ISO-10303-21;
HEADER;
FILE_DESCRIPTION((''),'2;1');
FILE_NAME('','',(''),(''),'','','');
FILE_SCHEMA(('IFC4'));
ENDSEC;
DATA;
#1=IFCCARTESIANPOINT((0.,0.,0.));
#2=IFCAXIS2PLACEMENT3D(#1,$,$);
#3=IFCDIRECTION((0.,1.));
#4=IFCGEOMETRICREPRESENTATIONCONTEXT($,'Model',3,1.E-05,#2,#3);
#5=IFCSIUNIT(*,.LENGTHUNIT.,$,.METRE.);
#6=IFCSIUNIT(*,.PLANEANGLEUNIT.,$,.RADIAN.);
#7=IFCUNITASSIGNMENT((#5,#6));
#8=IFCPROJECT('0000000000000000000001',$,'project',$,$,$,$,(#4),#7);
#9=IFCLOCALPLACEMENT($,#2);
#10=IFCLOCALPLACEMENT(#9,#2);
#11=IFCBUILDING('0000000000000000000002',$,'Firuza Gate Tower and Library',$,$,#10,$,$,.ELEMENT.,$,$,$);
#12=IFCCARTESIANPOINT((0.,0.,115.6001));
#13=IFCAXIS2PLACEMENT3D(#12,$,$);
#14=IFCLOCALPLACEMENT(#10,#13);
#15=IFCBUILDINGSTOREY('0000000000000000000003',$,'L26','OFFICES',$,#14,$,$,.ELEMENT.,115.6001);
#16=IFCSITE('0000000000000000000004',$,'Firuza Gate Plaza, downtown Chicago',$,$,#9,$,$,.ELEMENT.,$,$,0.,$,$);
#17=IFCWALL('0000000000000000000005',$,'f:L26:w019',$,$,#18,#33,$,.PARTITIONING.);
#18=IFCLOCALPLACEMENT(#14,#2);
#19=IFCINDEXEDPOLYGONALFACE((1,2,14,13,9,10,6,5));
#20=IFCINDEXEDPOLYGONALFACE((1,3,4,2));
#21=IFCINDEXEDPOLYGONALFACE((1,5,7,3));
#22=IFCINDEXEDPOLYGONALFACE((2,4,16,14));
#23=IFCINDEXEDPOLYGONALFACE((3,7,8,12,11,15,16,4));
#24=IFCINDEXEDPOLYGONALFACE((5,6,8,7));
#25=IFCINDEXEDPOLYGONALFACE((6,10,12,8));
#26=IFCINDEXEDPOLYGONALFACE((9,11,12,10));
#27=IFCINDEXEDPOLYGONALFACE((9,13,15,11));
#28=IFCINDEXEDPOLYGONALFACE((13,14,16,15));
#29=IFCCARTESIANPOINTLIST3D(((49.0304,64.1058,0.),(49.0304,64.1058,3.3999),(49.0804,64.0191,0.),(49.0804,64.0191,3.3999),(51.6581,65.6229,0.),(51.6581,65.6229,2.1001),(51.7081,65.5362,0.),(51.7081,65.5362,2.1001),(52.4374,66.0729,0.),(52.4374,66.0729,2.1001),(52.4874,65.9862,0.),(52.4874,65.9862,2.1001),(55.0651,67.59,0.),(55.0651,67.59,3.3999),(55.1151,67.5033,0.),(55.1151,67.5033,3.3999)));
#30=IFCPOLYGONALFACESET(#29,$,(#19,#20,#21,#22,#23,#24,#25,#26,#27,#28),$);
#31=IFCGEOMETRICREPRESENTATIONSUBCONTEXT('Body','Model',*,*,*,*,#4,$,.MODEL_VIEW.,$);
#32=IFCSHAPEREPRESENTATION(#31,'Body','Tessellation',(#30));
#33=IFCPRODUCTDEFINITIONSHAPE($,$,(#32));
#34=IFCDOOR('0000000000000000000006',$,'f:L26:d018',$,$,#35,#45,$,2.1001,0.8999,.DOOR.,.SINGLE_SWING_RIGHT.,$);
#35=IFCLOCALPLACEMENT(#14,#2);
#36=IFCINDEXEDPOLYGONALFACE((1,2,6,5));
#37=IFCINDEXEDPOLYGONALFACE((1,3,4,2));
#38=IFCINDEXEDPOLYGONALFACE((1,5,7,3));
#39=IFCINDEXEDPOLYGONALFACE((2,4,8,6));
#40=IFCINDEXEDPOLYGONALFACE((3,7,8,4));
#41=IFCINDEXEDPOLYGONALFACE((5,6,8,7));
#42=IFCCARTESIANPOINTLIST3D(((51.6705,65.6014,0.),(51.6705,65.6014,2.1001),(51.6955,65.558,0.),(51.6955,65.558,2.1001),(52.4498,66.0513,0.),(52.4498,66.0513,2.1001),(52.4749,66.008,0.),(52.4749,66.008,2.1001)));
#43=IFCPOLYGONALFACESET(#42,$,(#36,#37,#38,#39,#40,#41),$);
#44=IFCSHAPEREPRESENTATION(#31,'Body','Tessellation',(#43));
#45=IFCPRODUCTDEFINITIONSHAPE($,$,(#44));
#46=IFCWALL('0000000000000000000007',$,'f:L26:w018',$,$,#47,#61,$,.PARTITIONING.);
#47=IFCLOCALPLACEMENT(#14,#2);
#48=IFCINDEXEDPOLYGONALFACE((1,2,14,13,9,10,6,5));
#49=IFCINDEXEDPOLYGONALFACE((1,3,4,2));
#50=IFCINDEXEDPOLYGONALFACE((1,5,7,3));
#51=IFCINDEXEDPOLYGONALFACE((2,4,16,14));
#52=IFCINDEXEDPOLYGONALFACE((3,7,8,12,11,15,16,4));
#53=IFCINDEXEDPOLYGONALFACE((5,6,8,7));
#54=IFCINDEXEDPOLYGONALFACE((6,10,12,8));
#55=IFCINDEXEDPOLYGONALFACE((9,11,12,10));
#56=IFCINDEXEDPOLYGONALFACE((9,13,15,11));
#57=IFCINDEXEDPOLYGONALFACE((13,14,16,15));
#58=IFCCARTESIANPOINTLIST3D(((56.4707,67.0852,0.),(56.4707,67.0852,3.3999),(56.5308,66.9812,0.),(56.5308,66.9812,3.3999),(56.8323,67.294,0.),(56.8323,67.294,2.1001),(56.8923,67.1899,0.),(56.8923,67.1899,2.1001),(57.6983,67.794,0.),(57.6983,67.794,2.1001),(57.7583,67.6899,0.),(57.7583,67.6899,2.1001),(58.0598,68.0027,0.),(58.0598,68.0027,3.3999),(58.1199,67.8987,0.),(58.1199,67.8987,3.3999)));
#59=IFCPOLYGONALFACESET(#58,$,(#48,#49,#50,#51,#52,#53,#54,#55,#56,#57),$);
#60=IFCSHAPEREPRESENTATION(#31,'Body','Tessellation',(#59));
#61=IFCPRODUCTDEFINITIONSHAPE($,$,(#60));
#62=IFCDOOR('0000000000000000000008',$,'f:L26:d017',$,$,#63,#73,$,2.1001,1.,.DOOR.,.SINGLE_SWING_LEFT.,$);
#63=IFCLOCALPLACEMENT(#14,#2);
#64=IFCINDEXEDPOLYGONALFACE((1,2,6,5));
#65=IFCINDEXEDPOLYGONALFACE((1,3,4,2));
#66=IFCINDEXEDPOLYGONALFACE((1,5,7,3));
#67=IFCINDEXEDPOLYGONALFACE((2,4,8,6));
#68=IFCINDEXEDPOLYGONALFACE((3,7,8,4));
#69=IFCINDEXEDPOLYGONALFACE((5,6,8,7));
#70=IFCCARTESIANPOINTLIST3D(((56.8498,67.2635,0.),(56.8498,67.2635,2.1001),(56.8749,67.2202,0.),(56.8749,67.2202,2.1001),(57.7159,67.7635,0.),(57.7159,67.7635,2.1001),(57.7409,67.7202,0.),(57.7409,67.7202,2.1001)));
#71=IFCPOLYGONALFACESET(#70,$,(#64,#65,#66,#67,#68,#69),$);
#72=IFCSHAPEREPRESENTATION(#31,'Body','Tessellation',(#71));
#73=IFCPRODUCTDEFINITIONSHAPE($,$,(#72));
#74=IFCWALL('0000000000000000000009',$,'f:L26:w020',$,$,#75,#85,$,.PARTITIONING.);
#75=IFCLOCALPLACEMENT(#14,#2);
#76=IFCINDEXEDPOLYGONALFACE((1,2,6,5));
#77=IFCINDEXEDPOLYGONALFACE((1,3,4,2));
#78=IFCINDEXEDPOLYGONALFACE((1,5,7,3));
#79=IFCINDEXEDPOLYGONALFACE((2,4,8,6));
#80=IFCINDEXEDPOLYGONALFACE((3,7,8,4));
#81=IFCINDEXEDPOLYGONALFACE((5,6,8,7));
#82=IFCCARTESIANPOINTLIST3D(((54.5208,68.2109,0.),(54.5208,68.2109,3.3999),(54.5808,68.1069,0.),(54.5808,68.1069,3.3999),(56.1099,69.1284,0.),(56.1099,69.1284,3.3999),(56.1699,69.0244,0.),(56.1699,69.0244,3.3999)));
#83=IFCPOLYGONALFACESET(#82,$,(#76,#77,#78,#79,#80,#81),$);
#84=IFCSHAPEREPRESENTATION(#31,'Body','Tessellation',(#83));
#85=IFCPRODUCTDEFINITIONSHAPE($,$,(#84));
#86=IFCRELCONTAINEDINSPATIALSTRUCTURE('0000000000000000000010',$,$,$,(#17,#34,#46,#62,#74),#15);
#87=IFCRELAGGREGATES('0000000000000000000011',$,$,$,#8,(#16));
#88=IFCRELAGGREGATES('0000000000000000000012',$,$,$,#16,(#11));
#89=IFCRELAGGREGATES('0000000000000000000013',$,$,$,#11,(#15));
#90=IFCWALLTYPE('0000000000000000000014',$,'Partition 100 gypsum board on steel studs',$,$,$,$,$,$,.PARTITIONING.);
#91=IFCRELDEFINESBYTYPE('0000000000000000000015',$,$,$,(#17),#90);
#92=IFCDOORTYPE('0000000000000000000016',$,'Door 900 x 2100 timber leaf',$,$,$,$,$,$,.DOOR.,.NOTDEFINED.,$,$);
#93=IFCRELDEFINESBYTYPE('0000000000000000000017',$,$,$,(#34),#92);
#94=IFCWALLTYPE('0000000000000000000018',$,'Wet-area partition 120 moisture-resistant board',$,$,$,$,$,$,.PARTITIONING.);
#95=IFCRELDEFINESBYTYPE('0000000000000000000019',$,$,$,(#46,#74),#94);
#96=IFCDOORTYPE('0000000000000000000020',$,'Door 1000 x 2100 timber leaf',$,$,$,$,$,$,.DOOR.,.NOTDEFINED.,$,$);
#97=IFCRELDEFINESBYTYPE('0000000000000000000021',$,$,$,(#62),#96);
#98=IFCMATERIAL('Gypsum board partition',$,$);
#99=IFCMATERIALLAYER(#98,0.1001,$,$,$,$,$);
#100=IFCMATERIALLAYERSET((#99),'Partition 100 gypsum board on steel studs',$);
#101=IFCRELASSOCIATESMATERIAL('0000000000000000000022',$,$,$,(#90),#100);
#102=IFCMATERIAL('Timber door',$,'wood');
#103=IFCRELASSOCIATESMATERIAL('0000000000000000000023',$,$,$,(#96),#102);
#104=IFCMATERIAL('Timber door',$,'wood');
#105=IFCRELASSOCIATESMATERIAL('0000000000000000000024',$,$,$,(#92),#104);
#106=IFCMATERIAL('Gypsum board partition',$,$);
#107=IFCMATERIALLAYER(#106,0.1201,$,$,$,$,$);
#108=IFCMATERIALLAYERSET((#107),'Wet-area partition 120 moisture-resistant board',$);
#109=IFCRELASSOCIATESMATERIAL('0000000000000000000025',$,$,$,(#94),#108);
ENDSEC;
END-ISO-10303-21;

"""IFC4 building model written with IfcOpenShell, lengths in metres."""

from ifc_helpers import new_model, si_unit, direction, frame, frame_2d, origin, place, context, subcontext, project, spatial, rectangle, extrude, material, layer, layer_set, type_object, element, fill, save


model = new_model("IFC4")

# Units and contexts
model_context = context("Model", 3, precision=1e-05, world=origin(), true_north=direction((0.0, 1.0)))
body_context = subcontext(model_context, "Body", "Model", "MODEL_VIEW")
ifc_project = project(units=[si_unit("LENGTHUNIT", "METRE"), si_unit("PLANEANGLEUNIT", "RADIAN")], contexts=[model_context])

# Site, building, storey
site_placement = place(None, origin())
site = spatial("IfcSite", under=ifc_project, at=site_placement, Name="Firuza Gate Plaza, downtown Chicago", CompositionType="ELEMENT", RefElevation=0.0)
building_placement = place(site_placement, origin())
building = spatial("IfcBuilding", under=site, at=building_placement, Name="Firuza Gate Tower and Library", CompositionType="ELEMENT")
storey_placement = place(building_placement, frame((0.0, 0.0, 115.6001)))
storey = spatial("IfcBuildingStorey", under=building, at=storey_placement, Name="L26", Description="OFFICES", CompositionType="ELEMENT", Elevation=115.6001)

# Shared definitions
ifc_material_1 = material(Name="Gypsum board partition")
ifc_layer_1 = layer(ifc_material_1, 0.1001)
ifc_layer_set_1 = layer_set([ifc_layer_1], Name="Partition 100 gypsum board on steel studs")
wall_type_1 = type_object("IfcWallType", Name="Partition 100 gypsum board on steel studs", PredefinedType="PARTITIONING", material=ifc_layer_set_1)
ifc_material_2 = material(Name="Timber door", Category="wood")
door_type_1 = type_object("IfcDoorType", Name="Door 1000 x 2100 timber leaf", OperationType="NOTDEFINED", PredefinedType="DOOR", material=ifc_material_2)
ifc_material_3 = material(Name="Timber door", Category="wood")
door_type_2 = type_object("IfcDoorType", Name="Door 900 x 2100 timber leaf", OperationType="NOTDEFINED", PredefinedType="DOOR", material=ifc_material_3)

# Walls, openings, doors
wall_1_placement = place(storey_placement, frame((55.0901, 67.5466, 0.0), z_axis=(0.0, 0.0, 1.0), x_axis=(-0.866025, -0.500001, 0.0)))
wall_1 = element("IfcWall", 1, at=wall_1_placement, inside=storey, type_object=wall_type_1, Name="f:L26:w019", PredefinedType="PARTITIONING", context=body_context, shape_type="SweptSolid", body=[
    extrude(rectangle(XDim=6.9683, YDim=0.1001, at=frame_2d((3.4841, 0.0))), origin(), (0.0, 0.0, 1.0), 3.3999),
])
opening_1_placement = place(wall_1_placement, frame((3.0342, 0.0, 0.0)))
opening_1 = element("IfcOpeningElement", 2, at=opening_1_placement, cuts=wall_1, PredefinedType="OPENING", context=body_context, shape_type="SweptSolid", body=[
    extrude(rectangle(XDim=0.8999, YDim=2.1001, at=frame_2d((0.45, 1.05))), frame((0.0, 0.0601, 0.0), z_axis=(0.0, -1.0, 0.0), x_axis=(1.0, 0.0, 0.0)), (0.0, 0.0, 1.0), 0.1201),
])
door_1_placement = place(opening_1_placement, origin())
door_1 = element("IfcDoor", 3, at=door_1_placement, inside=storey, type_object=door_type_2, Name="f:L26:d018", OperationType="SINGLE_SWING_RIGHT", OverallHeight=2.1001, OverallWidth=0.8999, PredefinedType="DOOR", context=body_context, shape_type="SweptSolid", body=[
    extrude(rectangle(XDim=0.8999, YDim=2.1001, at=frame_2d((0.45, 1.05))), frame((0.0, 0.0249, 0.0), z_axis=(0.0, -1.0, 0.0), x_axis=(1.0, 0.0, 0.0)), (0.0, 0.0, 1.0), 0.05),
])
fill(opening_1, door_1)
ifc_material_4 = material(Name="Gypsum board partition")
ifc_layer_2 = layer(ifc_material_4, 0.1201)
ifc_layer_set_2 = layer_set([ifc_layer_2], Name="Wet-area partition 120 moisture-resistant board")
wall_type_2 = type_object("IfcWallType", Name="Wet-area partition 120 moisture-resistant board", PredefinedType="PARTITIONING", material=ifc_layer_set_2)
wall_2_placement = place(storey_placement, frame((56.5007, 67.0332, 0.0), z_axis=(0.0, 0.0, 1.0), x_axis=(0.866024, 0.500003, 0.0)))
wall_2 = element("IfcWall", 4, at=wall_2_placement, inside=storey, type_object=wall_type_2, Name="f:L26:w018", PredefinedType="PARTITIONING", context=body_context, shape_type="SweptSolid", body=[
    extrude(rectangle(XDim=1.835, YDim=0.1201, at=frame_2d((0.9175, 0.0))), origin(), (0.0, 0.0, 1.0), 3.3999),
])
opening_2_placement = place(wall_2_placement, frame((0.4175, 0.0, 0.0)))
opening_2 = element("IfcOpeningElement", 5, at=opening_2_placement, cuts=wall_2, PredefinedType="OPENING", context=body_context, shape_type="SweptSolid", body=[
    extrude(rectangle(XDim=1.0, YDim=2.1001, at=frame_2d((0.5, 1.05))), frame((0.0, 0.0701, 0.0), z_axis=(0.0, -1.0, 0.0), x_axis=(1.0, 0.0, 0.0)), (0.0, 0.0, 1.0), 0.1401),
])
door_2_placement = place(opening_2_placement, origin())
door_2 = element("IfcDoor", 6, at=door_2_placement, inside=storey, type_object=door_type_1, Name="f:L26:d017", OperationType="SINGLE_SWING_LEFT", OverallHeight=2.1001, OverallWidth=1.0, PredefinedType="DOOR", context=body_context, shape_type="SweptSolid", body=[
    extrude(rectangle(XDim=1.0, YDim=2.1001, at=frame_2d((0.5, 1.05))), frame((0.0, 0.0249, 0.0), z_axis=(0.0, -1.0, 0.0), x_axis=(1.0, 0.0, 0.0)), (0.0, 0.0, 1.0), 0.05),
])
fill(opening_2, door_2)

# Wall
wall_3_placement = place(storey_placement, frame((54.5508, 68.1589, 0.0), z_axis=(0.0, 0.0, 1.0), x_axis=(0.866024, 0.500003, 0.0)))
element("IfcWall", 7, at=wall_3_placement, inside=storey, type_object=wall_type_2, Name="f:L26:w020", PredefinedType="PARTITIONING", context=body_context, shape_type="SweptSolid", body=[
    extrude(rectangle(XDim=1.835, YDim=0.1201, at=frame_2d((0.9175, 0.0))), origin(), (0.0, 0.0, 1.0), 3.3999),
])

save(model, "model.ifc")
